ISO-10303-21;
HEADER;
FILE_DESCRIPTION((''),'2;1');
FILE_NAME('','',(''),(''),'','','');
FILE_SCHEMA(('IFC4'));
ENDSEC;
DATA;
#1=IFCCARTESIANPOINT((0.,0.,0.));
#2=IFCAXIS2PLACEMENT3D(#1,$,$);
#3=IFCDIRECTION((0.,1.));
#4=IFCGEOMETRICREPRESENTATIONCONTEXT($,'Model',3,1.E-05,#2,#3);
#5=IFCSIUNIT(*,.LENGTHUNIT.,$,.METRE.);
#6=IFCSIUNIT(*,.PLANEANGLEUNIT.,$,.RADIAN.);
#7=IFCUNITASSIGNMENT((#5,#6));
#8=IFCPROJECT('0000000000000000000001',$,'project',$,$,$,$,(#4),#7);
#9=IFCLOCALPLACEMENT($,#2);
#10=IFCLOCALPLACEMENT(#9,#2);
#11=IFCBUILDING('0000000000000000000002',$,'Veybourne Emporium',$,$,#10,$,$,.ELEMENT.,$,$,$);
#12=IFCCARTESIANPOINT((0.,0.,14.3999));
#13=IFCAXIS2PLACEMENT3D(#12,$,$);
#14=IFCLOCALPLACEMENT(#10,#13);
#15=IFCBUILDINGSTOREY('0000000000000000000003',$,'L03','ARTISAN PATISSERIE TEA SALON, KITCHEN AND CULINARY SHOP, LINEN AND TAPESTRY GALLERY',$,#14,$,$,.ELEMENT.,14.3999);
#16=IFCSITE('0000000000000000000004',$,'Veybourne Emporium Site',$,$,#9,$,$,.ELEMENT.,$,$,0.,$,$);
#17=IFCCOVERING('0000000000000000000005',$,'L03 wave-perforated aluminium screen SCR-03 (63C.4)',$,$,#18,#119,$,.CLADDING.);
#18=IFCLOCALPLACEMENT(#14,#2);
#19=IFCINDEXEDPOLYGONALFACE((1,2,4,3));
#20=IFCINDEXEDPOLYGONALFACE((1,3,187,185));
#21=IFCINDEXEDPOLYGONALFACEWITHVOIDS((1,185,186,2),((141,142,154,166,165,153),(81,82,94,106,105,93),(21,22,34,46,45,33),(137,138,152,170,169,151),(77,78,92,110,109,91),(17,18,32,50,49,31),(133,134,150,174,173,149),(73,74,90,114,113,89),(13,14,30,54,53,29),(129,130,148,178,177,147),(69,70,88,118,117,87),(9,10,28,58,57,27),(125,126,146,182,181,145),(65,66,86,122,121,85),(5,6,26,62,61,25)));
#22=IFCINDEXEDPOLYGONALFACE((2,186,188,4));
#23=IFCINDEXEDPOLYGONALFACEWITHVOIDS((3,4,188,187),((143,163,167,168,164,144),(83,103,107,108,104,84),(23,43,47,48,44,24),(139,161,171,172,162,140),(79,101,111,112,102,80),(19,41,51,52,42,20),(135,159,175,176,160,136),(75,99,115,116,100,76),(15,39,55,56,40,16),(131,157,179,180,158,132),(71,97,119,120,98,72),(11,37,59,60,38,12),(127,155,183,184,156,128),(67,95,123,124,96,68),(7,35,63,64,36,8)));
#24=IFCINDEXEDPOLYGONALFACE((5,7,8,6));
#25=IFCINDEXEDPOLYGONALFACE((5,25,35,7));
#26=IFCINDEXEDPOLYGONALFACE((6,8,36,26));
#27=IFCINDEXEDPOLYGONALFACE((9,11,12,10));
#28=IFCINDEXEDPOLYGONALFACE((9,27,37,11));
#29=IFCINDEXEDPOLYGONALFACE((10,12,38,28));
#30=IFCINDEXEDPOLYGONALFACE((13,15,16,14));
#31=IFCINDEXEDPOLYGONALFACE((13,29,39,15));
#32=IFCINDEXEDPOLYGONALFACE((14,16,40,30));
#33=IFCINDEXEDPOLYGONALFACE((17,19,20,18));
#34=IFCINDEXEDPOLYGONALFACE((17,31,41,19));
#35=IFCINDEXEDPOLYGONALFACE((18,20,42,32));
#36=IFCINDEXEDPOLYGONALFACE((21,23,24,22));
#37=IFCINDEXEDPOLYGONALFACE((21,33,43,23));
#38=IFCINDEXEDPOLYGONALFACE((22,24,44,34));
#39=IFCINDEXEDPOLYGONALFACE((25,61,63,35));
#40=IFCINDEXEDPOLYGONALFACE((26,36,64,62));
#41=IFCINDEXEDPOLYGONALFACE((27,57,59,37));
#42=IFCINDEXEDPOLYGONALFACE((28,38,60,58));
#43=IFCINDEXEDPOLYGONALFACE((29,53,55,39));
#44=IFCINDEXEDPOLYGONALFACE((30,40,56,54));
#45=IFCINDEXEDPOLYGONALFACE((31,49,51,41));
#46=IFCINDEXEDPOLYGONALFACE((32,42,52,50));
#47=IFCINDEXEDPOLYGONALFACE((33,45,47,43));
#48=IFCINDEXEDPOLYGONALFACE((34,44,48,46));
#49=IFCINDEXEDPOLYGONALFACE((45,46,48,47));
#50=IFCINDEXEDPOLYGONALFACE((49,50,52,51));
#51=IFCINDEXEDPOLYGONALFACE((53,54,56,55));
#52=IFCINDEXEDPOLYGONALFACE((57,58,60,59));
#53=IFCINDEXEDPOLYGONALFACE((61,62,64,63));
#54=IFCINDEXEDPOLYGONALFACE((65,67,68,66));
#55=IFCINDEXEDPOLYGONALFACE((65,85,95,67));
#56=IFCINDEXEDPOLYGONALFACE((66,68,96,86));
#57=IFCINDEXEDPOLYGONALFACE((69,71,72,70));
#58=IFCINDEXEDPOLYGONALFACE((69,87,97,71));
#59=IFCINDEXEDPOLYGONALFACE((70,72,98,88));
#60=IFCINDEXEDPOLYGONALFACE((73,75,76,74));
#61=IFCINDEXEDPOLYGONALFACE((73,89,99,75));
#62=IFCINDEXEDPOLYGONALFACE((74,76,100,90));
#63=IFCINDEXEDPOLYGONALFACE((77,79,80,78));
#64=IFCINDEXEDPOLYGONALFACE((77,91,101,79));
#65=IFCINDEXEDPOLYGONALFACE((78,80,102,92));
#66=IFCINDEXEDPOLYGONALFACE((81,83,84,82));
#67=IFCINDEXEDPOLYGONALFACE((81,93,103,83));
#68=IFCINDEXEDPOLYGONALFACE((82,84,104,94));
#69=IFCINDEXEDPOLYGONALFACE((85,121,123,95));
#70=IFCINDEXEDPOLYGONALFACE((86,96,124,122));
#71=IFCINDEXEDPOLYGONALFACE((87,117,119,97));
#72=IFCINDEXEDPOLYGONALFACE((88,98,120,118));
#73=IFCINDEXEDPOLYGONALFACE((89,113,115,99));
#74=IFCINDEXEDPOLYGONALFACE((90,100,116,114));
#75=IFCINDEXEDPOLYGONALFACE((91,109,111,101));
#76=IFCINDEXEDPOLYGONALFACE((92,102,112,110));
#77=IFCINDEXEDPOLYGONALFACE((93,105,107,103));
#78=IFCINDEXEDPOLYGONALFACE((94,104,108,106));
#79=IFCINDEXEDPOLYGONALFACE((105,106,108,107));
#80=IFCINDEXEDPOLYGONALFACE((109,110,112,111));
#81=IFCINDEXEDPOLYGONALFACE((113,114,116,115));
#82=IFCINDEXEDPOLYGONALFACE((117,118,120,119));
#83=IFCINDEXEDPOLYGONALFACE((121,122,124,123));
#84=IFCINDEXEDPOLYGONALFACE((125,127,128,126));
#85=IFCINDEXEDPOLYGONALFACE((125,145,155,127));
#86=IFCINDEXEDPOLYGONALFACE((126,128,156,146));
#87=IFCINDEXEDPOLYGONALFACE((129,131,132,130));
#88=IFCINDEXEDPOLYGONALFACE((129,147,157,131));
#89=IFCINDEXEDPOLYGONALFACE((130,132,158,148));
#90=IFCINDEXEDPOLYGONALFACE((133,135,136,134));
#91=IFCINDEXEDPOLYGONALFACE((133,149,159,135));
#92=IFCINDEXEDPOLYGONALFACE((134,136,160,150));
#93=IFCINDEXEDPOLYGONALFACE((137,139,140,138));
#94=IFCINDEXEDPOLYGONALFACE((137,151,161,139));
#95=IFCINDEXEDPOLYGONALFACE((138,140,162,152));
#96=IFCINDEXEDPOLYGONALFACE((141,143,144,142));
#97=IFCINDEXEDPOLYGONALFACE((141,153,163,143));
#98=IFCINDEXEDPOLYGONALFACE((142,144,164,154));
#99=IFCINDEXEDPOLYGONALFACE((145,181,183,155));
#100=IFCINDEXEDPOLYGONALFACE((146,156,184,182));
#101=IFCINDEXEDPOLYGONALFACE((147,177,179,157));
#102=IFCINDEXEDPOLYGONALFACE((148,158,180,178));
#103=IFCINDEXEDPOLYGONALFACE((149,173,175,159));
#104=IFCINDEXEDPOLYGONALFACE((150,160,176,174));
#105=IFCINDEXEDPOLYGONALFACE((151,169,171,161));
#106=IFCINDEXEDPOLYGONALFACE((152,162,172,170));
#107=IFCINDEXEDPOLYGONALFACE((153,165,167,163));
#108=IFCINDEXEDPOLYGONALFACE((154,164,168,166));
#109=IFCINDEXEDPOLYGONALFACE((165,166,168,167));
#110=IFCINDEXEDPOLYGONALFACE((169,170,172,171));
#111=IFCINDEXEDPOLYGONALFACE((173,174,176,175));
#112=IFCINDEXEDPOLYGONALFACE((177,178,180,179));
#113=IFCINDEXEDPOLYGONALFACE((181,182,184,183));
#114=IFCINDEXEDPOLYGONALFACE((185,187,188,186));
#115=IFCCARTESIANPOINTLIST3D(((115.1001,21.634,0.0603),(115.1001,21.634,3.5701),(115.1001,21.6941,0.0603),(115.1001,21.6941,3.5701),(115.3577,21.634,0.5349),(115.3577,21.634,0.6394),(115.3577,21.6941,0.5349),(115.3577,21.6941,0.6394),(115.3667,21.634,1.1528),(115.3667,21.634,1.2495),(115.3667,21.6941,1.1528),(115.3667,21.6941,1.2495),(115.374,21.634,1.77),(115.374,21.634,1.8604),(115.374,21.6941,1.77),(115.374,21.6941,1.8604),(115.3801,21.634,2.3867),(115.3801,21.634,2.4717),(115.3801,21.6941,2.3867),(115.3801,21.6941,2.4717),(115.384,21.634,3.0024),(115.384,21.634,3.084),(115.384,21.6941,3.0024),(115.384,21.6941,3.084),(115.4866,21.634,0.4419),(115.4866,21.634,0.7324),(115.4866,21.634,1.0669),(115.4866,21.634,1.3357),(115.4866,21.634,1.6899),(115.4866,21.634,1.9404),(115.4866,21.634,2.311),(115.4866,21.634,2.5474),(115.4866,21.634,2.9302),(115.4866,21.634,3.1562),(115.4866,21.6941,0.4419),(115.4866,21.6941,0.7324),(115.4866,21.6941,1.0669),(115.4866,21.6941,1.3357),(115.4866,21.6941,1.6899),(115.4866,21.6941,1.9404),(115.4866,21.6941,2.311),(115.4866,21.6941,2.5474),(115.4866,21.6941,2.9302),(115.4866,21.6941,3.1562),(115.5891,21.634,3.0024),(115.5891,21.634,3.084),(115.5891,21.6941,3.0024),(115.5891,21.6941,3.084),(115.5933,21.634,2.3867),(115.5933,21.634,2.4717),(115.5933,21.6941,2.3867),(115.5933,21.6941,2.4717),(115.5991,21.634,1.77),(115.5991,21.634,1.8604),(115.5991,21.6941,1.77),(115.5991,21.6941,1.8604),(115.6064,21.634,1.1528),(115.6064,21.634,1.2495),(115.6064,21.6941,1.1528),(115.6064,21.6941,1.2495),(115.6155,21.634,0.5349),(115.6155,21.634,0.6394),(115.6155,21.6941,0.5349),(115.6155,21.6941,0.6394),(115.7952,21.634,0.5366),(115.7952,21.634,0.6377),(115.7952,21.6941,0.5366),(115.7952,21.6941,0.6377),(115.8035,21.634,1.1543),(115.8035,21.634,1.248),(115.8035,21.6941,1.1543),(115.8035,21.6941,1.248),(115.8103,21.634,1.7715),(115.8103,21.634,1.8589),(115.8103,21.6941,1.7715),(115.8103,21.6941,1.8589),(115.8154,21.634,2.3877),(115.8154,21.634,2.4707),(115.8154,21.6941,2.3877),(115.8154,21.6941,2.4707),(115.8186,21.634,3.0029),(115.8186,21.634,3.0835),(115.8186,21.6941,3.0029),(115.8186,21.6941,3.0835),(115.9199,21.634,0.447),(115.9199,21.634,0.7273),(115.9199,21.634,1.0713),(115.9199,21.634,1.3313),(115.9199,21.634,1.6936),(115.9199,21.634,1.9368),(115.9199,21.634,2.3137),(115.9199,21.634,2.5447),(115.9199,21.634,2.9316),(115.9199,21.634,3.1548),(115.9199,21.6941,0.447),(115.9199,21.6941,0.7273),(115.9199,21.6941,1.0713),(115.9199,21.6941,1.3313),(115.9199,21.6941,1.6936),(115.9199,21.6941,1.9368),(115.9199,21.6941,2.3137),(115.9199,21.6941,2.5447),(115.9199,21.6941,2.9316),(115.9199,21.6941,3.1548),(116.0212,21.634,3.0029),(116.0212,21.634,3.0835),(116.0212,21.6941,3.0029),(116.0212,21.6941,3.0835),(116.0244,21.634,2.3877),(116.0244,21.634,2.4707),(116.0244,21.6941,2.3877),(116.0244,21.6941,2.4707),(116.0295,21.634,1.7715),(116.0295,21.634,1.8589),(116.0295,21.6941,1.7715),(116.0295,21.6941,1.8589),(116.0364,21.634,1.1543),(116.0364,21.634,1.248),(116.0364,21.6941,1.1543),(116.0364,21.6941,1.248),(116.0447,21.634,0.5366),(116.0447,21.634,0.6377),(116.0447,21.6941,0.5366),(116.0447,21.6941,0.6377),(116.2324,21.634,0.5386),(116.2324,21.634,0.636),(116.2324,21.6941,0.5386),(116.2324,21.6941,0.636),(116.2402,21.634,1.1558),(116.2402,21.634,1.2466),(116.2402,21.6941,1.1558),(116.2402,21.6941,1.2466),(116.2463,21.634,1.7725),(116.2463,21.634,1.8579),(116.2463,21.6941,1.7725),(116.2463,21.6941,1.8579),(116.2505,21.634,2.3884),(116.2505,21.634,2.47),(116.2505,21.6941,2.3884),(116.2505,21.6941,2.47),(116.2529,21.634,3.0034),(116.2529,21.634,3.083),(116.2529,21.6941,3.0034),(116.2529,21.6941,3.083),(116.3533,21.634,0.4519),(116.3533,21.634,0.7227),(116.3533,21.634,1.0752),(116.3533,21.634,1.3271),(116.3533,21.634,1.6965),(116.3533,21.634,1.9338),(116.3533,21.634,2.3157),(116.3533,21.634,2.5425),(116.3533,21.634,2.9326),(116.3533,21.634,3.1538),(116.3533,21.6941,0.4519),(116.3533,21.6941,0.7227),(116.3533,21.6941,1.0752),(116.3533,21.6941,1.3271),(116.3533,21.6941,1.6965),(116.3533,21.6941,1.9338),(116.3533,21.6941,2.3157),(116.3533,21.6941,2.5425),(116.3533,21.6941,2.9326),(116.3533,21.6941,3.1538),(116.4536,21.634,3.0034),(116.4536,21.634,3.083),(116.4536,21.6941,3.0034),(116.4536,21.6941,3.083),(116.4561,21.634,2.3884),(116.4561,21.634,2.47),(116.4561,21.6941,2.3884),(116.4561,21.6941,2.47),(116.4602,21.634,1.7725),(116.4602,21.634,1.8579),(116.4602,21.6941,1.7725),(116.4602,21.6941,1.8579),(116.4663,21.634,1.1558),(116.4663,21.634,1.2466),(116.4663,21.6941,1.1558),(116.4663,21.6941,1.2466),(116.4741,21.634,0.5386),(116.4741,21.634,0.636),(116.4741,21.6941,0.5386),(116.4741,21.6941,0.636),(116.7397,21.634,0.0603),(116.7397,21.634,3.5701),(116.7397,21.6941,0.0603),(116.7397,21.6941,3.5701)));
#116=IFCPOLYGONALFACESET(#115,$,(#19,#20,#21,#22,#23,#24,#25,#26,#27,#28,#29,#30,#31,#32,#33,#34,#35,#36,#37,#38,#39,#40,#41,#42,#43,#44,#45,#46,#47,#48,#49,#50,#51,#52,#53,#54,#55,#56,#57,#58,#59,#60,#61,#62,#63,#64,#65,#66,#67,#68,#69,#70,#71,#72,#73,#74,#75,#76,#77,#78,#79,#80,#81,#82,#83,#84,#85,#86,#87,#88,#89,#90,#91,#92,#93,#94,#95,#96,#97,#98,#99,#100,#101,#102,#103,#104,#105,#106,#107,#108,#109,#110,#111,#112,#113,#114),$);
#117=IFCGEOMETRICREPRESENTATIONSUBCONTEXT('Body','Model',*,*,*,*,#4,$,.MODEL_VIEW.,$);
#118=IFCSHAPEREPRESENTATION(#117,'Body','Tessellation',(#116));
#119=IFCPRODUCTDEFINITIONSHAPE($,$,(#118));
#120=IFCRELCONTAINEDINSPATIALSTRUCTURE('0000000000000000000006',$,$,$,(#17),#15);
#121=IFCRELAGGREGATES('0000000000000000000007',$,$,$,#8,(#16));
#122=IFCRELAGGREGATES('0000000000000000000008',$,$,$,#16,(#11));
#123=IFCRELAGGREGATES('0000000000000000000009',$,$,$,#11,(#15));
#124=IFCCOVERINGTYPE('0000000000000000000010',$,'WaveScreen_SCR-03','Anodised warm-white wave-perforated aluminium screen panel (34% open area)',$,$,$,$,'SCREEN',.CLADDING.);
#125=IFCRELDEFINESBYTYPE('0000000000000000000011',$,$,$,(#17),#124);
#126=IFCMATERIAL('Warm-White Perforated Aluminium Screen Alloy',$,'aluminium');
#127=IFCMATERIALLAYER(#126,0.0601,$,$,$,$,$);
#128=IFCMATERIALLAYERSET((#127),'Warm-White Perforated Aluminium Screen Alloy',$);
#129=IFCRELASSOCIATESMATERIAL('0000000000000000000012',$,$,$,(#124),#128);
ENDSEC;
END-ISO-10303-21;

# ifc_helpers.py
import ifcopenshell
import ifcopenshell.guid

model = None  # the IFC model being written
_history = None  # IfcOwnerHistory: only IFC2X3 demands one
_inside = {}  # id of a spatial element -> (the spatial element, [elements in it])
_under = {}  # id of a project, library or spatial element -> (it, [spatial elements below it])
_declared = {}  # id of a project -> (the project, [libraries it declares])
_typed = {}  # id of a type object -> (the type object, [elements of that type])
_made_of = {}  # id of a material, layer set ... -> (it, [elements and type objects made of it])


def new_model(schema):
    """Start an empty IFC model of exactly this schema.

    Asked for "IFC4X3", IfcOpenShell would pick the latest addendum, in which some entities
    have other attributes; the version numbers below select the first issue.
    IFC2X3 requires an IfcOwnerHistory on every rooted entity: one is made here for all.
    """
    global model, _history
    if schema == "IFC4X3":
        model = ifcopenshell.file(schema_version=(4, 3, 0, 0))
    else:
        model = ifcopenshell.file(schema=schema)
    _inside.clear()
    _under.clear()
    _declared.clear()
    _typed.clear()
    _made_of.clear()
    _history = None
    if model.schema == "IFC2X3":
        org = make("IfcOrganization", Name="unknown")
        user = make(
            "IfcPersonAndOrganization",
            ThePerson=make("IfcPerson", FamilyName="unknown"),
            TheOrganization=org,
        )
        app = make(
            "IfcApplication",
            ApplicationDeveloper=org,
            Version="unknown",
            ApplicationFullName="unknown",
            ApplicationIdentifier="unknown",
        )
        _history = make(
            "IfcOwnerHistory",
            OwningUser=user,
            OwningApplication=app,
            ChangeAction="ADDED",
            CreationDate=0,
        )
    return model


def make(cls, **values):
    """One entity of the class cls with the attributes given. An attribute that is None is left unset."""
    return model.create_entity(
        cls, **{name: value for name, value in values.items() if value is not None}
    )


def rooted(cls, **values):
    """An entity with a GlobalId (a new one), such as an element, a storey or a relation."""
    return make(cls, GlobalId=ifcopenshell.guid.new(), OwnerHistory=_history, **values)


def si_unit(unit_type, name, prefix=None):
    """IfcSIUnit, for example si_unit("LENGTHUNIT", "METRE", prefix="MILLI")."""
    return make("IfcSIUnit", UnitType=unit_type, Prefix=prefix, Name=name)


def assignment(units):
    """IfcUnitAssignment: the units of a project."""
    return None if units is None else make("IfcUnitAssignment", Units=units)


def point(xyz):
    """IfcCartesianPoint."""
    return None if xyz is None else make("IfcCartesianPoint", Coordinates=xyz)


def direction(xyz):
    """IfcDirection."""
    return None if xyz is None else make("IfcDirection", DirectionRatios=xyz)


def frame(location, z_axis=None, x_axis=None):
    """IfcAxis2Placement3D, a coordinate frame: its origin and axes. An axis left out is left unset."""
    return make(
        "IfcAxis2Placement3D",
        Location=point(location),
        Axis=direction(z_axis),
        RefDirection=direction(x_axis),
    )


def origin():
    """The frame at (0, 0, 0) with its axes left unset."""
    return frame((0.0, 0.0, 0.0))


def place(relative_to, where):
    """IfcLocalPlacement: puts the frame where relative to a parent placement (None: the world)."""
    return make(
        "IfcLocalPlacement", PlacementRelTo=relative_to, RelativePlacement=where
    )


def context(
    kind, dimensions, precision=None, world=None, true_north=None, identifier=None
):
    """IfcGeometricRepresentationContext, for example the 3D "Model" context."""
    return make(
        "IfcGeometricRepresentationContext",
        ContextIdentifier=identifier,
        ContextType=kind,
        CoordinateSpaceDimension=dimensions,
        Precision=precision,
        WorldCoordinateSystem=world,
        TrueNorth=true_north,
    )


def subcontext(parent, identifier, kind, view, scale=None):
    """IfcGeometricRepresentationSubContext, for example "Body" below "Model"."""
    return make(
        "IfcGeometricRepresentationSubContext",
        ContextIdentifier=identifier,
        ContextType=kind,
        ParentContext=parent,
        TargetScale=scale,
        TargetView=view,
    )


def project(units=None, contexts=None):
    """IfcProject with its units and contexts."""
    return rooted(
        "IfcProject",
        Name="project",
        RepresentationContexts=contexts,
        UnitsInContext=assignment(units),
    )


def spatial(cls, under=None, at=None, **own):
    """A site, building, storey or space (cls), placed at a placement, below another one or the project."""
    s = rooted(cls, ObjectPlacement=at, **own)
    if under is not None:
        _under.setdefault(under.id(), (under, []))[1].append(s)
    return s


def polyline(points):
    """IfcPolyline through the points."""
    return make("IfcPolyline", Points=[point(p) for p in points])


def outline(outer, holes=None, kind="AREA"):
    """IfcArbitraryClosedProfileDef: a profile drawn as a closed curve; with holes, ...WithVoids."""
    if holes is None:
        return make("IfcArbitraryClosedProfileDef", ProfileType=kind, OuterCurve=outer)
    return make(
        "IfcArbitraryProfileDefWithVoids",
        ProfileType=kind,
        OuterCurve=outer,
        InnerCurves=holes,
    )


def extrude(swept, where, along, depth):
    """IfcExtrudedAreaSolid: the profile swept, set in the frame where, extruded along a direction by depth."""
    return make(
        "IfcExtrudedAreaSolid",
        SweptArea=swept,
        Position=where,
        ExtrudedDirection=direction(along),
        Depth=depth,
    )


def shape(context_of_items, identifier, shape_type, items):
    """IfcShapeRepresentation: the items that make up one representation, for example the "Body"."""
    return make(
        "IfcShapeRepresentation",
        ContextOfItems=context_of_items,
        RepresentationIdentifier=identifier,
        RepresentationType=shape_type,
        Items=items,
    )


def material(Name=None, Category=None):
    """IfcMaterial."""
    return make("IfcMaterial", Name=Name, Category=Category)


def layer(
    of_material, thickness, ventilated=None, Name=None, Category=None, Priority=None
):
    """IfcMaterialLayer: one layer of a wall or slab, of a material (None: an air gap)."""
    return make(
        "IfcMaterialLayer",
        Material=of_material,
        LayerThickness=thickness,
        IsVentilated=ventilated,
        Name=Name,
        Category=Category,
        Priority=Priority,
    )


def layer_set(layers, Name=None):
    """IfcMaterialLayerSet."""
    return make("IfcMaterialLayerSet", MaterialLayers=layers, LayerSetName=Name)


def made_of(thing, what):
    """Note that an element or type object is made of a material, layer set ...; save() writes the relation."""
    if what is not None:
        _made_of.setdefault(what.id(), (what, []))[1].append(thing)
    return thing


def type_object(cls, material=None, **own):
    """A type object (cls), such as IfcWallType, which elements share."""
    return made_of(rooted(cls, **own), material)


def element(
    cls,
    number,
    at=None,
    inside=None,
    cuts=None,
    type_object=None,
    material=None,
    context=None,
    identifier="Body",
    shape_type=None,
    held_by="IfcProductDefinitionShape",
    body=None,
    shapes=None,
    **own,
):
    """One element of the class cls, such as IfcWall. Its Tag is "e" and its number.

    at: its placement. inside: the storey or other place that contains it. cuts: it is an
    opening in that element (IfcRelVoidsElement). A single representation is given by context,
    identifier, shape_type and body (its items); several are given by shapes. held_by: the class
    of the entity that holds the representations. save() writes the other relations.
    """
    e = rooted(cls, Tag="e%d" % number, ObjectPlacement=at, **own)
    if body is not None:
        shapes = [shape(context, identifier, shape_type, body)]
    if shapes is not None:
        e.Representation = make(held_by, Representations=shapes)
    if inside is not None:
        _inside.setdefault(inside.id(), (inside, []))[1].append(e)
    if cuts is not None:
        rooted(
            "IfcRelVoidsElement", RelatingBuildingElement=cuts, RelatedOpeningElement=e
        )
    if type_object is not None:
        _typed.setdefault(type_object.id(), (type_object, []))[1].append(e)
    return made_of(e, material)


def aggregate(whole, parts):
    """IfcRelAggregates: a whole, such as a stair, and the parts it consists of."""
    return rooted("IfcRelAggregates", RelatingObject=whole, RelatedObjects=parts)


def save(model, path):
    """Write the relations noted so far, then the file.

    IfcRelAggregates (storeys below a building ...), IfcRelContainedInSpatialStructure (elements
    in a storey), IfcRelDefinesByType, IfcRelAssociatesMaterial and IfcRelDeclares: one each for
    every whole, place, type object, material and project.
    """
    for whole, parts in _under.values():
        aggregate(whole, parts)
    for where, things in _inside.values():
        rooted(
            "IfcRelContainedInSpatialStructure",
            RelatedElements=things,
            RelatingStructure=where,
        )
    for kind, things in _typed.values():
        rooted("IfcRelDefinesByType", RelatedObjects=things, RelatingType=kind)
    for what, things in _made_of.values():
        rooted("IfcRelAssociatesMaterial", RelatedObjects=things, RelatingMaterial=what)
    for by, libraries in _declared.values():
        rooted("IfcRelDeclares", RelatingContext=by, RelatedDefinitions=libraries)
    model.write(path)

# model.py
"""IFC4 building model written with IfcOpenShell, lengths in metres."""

from ifc_helpers import new_model, si_unit, direction, frame, origin, place, context, subcontext, project, spatial, polyline, outline, extrude, material, layer, layer_set, type_object, element, save


model = new_model("IFC4")

# Units and contexts
model_context = context("Model", 3, precision=1e-05, world=origin(), true_north=direction((0.0, 1.0)))
body_context = subcontext(model_context, "Body", "Model", "MODEL_VIEW")
ifc_project = project(units=[si_unit("LENGTHUNIT", "METRE"), si_unit("PLANEANGLEUNIT", "RADIAN")], contexts=[model_context])

# Site, building, storey
site_placement = place(None, origin())
site = spatial("IfcSite", under=ifc_project, at=site_placement, Name="Veybourne Emporium Site", CompositionType="ELEMENT", RefElevation=0.0)
building_placement = place(site_placement, origin())
building = spatial("IfcBuilding", under=site, at=building_placement, Name="Veybourne Emporium", CompositionType="ELEMENT")
storey_placement = place(building_placement, frame((0.0, 0.0, 14.3999)))
storey = spatial("IfcBuildingStorey", under=building, at=storey_placement, Name="L03", Description="ARTISAN PATISSERIE TEA SALON, KITCHEN AND CULINARY SHOP, LINEN AND TAPESTRY GALLERY", CompositionType="ELEMENT", Elevation=14.3999)

# Covering
ifc_material_1 = material(Name="Warm-White Perforated Aluminium Screen Alloy", Category="aluminium")
ifc_layer_1 = layer(ifc_material_1, 0.0601)
ifc_layer_set_1 = layer_set([ifc_layer_1], Name="Warm-White Perforated Aluminium Screen Alloy")
covering_type_1 = type_object("IfcCoveringType", Name="WaveScreen_SCR-03", Description="Anodised warm-white wave-perforated aluminium screen panel (34% open area)", ElementType="SCREEN", PredefinedType="CLADDING", material=ifc_layer_set_1)
covering_1_placement = place(storey_placement, frame((115.9199, 21.6941, 1.8152), z_axis=(0.0, -1.0, 0.0), x_axis=(1.0, 0.0, 0.0)))
element("IfcCovering", 1, at=covering_1_placement, inside=storey, type_object=covering_type_1, Name="L03 wave-perforated aluminium screen SCR-03 (63C.4)", PredefinedType="CLADDING", context=body_context, shape_type="SweptSolid", body=[
    extrude(outline(polyline([(-0.8198, -1.7549), (0.8198, -1.7549), (0.8198, 1.7549), (-0.8198, 1.7549), (-0.8198, -1.7549)]), holes=[polyline([(-0.4333, -1.0828), (-0.3044, -1.1758), (-0.3044, -1.2803), (-0.4333, -1.3733), (-0.5623, -1.2803), (-0.5623, -1.1758), (-0.4333, -1.0828)]), polyline([(-0.4333, -0.4795), (-0.3135, -0.5657), (-0.3135, -0.6624), (-0.4333, -0.7483), (-0.5532, -0.6624), (-0.5532, -0.5657), (-0.4333, -0.4795)]), polyline([(-0.4333, 0.1252), (-0.3208, 0.0452), (-0.3208, -0.0452), (-0.4333, -0.1252), (-0.5459, -0.0452), (-0.5459, 0.0452), (-0.4333, 0.1252)]), polyline([(-0.4333, 0.7322), (-0.3267, 0.6565), (-0.3267, 0.5715), (-0.4333, 0.4958), (-0.5398, 0.5715), (-0.5398, 0.6565), (-0.4333, 0.7322)]), polyline([(-0.4333, 1.3411), (-0.3308, 1.2688), (-0.3308, 1.1873), (-0.4333, 1.115), (-0.5359, 1.1873), (-0.5359, 1.2688), (-0.4333, 1.3411)]), polyline([(0.0, -1.0879), (0.1248, -1.1775), (0.1248, -1.2786), (0.0, -1.3682), (-0.1248, -1.2786), (-0.1248, -1.1775), (0.0, -1.0879)]), polyline([(0.0, -0.4839), (0.1165, -0.5671), (0.1165, -0.6609), (0.0, -0.7439), (-0.1165, -0.6609), (-0.1165, -0.5671), (0.0, -0.4839)]), polyline([(0.0, 0.1216), (0.1096, 0.0437), (0.1096, -0.0437), (0.0, -0.1216), (-0.1096, -0.0437), (-0.1096, 0.0437), (0.0, 0.1216)]), polyline([(0.0, 0.7295), (0.1045, 0.6555), (0.1045, 0.5725), (0.0, 0.4985), (-0.1045, 0.5725), (-0.1045, 0.6555), (0.0, 0.7295)]), polyline([(0.0, 1.3396), (0.1013, 1.2683), (0.1013, 1.1877), (0.0, 1.1165), (-0.1013, 1.1877), (-0.1013, 1.2683), (0.0, 1.3396)]), polyline([(0.4333, -1.0925), (0.5542, -1.1792), (0.5542, -1.2766), (0.4333, -1.3633), (0.3125, -1.2766), (0.3125, -1.1792), (0.4333, -1.0925)]), polyline([(0.4333, -0.488), (0.5464, -0.5686), (0.5464, -0.6594), (0.4333, -0.74), (0.3203, -0.6594), (0.3203, -0.5686), (0.4333, -0.488)]), polyline([(0.4333, 0.1187), (0.5403, 0.0427), (0.5403, -0.0427), (0.4333, -0.1187), (0.3264, -0.0427), (0.3264, 0.0427), (0.4333, 0.1187)]), polyline([(0.4333, 0.7273), (0.5361, 0.6548), (0.5361, 0.5732), (0.4333, 0.5005), (0.3306, 0.5732), (0.3306, 0.6548), (0.4333, 0.7273)]), polyline([(0.4333, 1.3386), (0.5337, 1.2678), (0.5337, 1.1882), (0.4333, 1.1174), (0.333, 1.1882), (0.333, 1.2678), (0.4333, 1.3386)])]), origin(), (0.0, 0.0, 1.0), 0.0601),
])

save(model, "model.ifc")
